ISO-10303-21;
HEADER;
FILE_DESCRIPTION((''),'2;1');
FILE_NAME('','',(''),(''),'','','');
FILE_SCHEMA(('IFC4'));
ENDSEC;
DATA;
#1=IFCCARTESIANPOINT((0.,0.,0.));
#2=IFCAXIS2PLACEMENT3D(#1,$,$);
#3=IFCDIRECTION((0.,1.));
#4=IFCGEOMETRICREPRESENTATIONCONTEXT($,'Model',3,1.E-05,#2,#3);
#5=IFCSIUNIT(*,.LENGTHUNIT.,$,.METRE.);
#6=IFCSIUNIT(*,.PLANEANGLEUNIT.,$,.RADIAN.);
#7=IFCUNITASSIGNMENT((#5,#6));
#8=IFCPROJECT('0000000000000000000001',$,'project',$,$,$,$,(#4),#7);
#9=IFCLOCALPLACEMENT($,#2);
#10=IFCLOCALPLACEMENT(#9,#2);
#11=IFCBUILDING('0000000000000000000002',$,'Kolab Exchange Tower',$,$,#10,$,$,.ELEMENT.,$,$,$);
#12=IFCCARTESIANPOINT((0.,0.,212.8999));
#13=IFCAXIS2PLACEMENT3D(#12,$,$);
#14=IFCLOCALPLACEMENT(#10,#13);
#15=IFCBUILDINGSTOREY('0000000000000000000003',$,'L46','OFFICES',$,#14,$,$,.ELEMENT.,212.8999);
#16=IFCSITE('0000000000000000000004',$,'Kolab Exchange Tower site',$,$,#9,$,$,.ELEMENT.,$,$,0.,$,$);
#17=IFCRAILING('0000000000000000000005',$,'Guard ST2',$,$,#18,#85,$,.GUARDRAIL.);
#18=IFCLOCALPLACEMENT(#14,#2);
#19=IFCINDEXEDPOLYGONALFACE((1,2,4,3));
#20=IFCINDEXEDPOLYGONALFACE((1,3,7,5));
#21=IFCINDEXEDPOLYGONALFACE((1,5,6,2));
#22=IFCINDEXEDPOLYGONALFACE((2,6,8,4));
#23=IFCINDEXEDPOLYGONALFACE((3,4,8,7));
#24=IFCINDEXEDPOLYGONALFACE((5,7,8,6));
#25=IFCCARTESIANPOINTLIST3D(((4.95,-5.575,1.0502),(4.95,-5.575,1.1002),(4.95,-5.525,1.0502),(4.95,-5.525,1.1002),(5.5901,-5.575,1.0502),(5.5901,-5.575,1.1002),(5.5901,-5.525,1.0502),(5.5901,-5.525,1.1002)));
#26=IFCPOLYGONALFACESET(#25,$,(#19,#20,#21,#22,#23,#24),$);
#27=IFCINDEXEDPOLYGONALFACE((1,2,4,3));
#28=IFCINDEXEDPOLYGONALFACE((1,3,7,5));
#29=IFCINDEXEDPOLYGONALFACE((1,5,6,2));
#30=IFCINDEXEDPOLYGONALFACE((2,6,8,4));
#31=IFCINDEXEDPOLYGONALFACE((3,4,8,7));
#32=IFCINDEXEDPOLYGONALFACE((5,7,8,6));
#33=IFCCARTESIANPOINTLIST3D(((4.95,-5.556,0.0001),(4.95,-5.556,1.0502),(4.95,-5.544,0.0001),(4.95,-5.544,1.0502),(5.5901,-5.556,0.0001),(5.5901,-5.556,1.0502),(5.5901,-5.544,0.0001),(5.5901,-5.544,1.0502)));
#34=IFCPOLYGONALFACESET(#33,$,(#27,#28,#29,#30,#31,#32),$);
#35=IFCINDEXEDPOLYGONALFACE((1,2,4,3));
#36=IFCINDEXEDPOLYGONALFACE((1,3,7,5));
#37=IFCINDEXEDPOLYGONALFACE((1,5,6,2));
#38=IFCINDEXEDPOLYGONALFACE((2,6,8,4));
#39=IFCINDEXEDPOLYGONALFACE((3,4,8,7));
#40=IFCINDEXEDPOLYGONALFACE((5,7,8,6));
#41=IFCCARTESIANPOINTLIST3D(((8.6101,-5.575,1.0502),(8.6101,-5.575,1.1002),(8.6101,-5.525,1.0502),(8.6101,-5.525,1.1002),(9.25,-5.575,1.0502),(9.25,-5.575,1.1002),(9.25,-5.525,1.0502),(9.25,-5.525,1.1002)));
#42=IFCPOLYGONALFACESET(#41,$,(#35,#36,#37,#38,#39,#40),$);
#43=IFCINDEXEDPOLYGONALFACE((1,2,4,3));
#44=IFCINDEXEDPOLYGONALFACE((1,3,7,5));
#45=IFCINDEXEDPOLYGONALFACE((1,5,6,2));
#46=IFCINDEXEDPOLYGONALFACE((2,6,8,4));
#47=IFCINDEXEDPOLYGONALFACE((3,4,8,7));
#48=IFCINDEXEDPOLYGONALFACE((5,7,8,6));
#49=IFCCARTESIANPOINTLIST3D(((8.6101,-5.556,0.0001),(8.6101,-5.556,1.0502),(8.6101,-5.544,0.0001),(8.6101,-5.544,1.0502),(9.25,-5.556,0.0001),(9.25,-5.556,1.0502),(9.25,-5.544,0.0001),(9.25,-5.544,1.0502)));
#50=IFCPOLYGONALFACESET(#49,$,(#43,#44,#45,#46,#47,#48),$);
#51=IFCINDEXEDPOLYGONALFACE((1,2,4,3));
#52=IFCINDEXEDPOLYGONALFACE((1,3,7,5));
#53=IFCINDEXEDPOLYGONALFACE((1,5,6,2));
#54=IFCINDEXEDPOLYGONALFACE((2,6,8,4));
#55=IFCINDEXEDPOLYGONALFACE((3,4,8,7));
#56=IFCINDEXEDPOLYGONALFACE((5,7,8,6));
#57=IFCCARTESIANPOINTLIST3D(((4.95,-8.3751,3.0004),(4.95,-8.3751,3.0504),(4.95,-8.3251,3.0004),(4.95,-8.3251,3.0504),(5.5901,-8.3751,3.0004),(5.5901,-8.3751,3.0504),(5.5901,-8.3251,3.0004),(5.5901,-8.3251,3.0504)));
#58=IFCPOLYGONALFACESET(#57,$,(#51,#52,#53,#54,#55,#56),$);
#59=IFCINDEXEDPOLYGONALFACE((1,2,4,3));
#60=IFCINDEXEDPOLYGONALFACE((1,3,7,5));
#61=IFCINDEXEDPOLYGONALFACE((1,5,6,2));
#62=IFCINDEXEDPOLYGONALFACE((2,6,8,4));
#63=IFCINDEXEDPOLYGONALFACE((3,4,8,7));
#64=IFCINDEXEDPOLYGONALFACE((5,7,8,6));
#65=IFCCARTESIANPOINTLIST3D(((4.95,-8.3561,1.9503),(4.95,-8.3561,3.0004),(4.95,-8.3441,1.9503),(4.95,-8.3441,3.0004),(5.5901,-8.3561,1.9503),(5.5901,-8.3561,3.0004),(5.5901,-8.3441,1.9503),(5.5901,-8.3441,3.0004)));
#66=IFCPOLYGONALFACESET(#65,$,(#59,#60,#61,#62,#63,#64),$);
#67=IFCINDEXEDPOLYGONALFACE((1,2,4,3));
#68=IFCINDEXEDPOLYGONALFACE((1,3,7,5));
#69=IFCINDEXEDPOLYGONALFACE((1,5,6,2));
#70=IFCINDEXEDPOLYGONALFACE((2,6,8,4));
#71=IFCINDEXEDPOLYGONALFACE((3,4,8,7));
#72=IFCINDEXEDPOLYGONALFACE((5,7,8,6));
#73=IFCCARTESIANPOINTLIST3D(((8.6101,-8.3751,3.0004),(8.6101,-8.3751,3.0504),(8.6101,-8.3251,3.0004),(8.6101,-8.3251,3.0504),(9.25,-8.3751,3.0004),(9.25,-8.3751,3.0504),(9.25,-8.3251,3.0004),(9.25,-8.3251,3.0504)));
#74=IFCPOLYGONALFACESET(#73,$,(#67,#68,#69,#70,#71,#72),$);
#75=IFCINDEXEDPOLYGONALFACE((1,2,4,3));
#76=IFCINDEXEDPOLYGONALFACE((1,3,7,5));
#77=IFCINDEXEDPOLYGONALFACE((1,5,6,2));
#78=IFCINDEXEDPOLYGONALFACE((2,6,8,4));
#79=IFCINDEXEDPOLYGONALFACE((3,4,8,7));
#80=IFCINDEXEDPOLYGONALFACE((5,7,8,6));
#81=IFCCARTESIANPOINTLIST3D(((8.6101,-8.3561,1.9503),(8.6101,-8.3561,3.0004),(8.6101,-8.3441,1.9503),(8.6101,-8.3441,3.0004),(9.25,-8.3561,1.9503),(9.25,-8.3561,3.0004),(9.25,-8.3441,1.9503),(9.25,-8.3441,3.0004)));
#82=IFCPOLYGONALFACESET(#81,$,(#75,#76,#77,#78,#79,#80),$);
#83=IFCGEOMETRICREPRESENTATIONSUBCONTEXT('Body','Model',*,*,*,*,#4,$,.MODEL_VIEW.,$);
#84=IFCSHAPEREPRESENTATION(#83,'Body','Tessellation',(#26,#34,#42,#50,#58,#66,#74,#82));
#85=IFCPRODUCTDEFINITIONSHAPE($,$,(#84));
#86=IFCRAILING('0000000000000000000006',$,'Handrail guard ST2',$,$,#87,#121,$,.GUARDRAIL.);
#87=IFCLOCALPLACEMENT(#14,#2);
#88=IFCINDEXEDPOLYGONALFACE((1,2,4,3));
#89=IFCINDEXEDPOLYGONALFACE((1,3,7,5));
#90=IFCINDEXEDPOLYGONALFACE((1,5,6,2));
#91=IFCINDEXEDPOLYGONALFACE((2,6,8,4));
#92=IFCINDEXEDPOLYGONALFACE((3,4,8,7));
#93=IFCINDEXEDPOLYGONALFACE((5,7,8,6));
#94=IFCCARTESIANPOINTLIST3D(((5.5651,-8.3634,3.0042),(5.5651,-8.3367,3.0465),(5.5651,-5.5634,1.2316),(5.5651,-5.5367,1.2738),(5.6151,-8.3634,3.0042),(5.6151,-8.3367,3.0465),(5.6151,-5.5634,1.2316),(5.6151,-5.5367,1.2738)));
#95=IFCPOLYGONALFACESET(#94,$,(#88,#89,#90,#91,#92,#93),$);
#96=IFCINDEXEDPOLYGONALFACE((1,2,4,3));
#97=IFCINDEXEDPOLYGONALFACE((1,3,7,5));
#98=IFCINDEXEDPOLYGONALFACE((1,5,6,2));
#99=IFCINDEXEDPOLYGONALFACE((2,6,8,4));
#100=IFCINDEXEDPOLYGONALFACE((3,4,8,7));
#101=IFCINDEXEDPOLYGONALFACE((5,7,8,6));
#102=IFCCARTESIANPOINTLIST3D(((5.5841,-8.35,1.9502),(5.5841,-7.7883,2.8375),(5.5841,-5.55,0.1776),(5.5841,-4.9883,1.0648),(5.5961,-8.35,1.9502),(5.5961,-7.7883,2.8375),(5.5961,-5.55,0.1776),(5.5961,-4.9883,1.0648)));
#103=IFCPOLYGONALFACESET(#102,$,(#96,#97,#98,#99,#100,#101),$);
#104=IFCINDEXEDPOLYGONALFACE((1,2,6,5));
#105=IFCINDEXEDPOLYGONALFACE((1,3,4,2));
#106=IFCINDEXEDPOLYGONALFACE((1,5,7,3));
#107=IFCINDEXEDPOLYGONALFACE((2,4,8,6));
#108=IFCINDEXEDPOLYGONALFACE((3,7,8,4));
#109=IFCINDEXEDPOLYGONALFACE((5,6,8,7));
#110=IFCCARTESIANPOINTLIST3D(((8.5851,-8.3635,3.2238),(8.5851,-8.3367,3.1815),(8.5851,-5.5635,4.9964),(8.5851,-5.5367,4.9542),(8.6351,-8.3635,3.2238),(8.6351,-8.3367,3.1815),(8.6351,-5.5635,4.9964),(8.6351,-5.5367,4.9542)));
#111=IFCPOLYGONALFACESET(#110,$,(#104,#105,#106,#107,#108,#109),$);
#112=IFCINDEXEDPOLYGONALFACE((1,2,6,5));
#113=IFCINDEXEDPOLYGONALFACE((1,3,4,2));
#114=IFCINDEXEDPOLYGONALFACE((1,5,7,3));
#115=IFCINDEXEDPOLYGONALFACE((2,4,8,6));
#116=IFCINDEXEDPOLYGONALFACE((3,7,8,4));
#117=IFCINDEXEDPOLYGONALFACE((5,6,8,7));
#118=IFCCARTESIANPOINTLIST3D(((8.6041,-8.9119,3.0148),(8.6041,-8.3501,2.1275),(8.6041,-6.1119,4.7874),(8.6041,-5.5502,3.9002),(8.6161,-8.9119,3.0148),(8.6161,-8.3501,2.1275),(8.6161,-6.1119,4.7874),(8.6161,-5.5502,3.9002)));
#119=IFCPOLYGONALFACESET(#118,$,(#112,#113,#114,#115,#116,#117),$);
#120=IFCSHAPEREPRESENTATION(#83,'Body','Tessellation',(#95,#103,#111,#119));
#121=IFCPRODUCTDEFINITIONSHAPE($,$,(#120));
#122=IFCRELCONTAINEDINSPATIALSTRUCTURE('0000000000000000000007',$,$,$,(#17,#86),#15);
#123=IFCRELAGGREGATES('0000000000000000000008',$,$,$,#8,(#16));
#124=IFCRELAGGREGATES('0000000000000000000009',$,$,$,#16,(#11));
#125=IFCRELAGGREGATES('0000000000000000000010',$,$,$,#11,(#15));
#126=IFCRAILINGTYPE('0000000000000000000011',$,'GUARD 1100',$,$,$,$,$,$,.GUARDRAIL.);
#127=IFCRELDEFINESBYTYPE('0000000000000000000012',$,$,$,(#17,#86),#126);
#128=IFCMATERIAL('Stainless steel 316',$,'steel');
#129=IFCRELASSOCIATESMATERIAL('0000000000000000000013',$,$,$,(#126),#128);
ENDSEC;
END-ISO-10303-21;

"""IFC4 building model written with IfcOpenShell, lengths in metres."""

from ifc_helpers import new_model, si_unit, direction, frame, frame_2d, origin, origin_2d, place, context, subcontext, project, spatial, rectangle, extrude, material, type_object, element, save


model = new_model("IFC4")

# Units and contexts
model_context = context("Model", 3, precision=1e-05, world=origin(), true_north=direction((0.0, 1.0)))
body_context = subcontext(model_context, "Body", "Model", "MODEL_VIEW")
ifc_project = project(units=[si_unit("LENGTHUNIT", "METRE"), si_unit("PLANEANGLEUNIT", "RADIAN")], contexts=[model_context])

# Site, building, storey
site_placement = place(None, origin())
site = spatial("IfcSite", under=ifc_project, at=site_placement, Name="Kolab Exchange Tower site", CompositionType="ELEMENT", RefElevation=0.0)
building_placement = place(site_placement, origin())
building = spatial("IfcBuilding", under=site, at=building_placement, Name="Kolab Exchange Tower", CompositionType="ELEMENT")
storey_placement = place(building_placement, frame((0.0, 0.0, 212.8999)))
storey = spatial("IfcBuildingStorey", under=building, at=storey_placement, Name="L46", Description="OFFICES", CompositionType="ELEMENT", Elevation=212.8999)

# Shared definitions
ifc_material_1 = material(Name="Stainless steel 316", Category="steel")

# Railings
railing_type = type_object("IfcRailingType", Name="GUARD 1100", PredefinedType="GUARDRAIL", material=ifc_material_1)
railing_1_placement = place(storey_placement, frame((4.95, -5.55, 0.0)))
element("IfcRailing", 1, at=railing_1_placement, inside=storey, type_object=railing_type, Name="Guard ST2", PredefinedType="GUARDRAIL", context=body_context, shape_type="SweptSolid", body=[
    extrude(rectangle(XDim=0.05, YDim=0.05, at=origin_2d()), frame((0.0, 0.0, 1.0752), z_axis=(1.0, 0.0, 0.0), x_axis=(0.0, 1.0, 0.0)), (0.0, 0.0, 1.0), 0.6401),
    extrude(rectangle(XDim=0.012, YDim=1.0501, at=frame_2d((0.0, 0.5251))), frame((0.0, 0.0, 0.0), z_axis=(1.0, 0.0, 0.0), x_axis=(0.0, 1.0, 0.0)), (0.0, 0.0, 1.0), 0.6401),
    extrude(rectangle(XDim=0.05, YDim=0.05, at=origin_2d()), frame((3.6602, 0.0, 1.0752), z_axis=(1.0, 0.0, 0.0), x_axis=(0.0, 1.0, 0.0)), (0.0, 0.0, 1.0), 0.6399),
    extrude(rectangle(XDim=0.012, YDim=1.0501, at=frame_2d((0.0, 0.5251))), frame((3.6602, 0.0, 0.0), z_axis=(1.0, 0.0, 0.0), x_axis=(0.0, 1.0, 0.0)), (0.0, 0.0, 1.0), 0.6399),
    extrude(rectangle(XDim=0.05, YDim=0.05, at=origin_2d()), frame((0.0, -2.8, 3.0254), z_axis=(1.0, 0.0, 0.0), x_axis=(0.0, 1.0, 0.0)), (0.0, 0.0, 1.0), 0.6401),
    extrude(rectangle(XDim=0.012, YDim=1.0501, at=frame_2d((0.0, 0.5251))), frame((0.0, -2.8, 1.9502), z_axis=(1.0, 0.0, 0.0), x_axis=(0.0, 1.0, 0.0)), (0.0, 0.0, 1.0), 0.6401),
    extrude(rectangle(XDim=0.05, YDim=0.05, at=origin_2d()), frame((3.6602, -2.8, 3.0254), z_axis=(1.0, 0.0, 0.0), x_axis=(0.0, 1.0, 0.0)), (0.0, 0.0, 1.0), 0.6399),
    extrude(rectangle(XDim=0.012, YDim=1.0501, at=frame_2d((0.0, 0.5251))), frame((3.6602, -2.8, 1.9502), z_axis=(1.0, 0.0, 0.0), x_axis=(0.0, 1.0, 0.0)), (0.0, 0.0, 1.0), 0.6399),
])
railing_2_placement = place(storey_placement, frame((5.5901, -5.55, 0.1775)))
element("IfcRailing", 2, at=railing_2_placement, inside=storey, type_object=railing_type, Name="Handrail guard ST2", PredefinedType="GUARDRAIL", context=body_context, shape_type="SweptSolid", body=[
    extrude(rectangle(XDim=0.05, YDim=0.05, at=origin_2d()), frame((0.0, 0.0, 1.0752), z_axis=(0.0, -0.844909, 0.53491), x_axis=(1.0, 0.0, 0.0)), (0.0, 0.0, 1.0), 3.314),
    extrude(rectangle(XDim=0.012, YDim=1.0501, at=frame_2d((0.0, 0.5251))), frame((0.0, 0.0, 0.0), z_axis=(0.0, -0.844909, 0.53491), x_axis=(1.0, 0.0, 0.0)), (0.0, 0.0, 1.0), 3.314),
    extrude(rectangle(XDim=0.05, YDim=0.05, at=origin_2d()), frame((3.02, -2.8, 3.0251), z_axis=(0.0, 0.844909, 0.53491), x_axis=(-1.0, 0.0, 0.0)), (0.0, 0.0, 1.0), 3.314),
    extrude(rectangle(XDim=0.012, YDim=1.0501, at=frame_2d((0.0, 0.5251))), frame((3.02, -2.8, 1.95), z_axis=(0.0, 0.844909, 0.53491), x_axis=(-1.0, 0.0, 0.0)), (0.0, 0.0, 1.0), 3.314),
])

save(model, "model.ifc")
